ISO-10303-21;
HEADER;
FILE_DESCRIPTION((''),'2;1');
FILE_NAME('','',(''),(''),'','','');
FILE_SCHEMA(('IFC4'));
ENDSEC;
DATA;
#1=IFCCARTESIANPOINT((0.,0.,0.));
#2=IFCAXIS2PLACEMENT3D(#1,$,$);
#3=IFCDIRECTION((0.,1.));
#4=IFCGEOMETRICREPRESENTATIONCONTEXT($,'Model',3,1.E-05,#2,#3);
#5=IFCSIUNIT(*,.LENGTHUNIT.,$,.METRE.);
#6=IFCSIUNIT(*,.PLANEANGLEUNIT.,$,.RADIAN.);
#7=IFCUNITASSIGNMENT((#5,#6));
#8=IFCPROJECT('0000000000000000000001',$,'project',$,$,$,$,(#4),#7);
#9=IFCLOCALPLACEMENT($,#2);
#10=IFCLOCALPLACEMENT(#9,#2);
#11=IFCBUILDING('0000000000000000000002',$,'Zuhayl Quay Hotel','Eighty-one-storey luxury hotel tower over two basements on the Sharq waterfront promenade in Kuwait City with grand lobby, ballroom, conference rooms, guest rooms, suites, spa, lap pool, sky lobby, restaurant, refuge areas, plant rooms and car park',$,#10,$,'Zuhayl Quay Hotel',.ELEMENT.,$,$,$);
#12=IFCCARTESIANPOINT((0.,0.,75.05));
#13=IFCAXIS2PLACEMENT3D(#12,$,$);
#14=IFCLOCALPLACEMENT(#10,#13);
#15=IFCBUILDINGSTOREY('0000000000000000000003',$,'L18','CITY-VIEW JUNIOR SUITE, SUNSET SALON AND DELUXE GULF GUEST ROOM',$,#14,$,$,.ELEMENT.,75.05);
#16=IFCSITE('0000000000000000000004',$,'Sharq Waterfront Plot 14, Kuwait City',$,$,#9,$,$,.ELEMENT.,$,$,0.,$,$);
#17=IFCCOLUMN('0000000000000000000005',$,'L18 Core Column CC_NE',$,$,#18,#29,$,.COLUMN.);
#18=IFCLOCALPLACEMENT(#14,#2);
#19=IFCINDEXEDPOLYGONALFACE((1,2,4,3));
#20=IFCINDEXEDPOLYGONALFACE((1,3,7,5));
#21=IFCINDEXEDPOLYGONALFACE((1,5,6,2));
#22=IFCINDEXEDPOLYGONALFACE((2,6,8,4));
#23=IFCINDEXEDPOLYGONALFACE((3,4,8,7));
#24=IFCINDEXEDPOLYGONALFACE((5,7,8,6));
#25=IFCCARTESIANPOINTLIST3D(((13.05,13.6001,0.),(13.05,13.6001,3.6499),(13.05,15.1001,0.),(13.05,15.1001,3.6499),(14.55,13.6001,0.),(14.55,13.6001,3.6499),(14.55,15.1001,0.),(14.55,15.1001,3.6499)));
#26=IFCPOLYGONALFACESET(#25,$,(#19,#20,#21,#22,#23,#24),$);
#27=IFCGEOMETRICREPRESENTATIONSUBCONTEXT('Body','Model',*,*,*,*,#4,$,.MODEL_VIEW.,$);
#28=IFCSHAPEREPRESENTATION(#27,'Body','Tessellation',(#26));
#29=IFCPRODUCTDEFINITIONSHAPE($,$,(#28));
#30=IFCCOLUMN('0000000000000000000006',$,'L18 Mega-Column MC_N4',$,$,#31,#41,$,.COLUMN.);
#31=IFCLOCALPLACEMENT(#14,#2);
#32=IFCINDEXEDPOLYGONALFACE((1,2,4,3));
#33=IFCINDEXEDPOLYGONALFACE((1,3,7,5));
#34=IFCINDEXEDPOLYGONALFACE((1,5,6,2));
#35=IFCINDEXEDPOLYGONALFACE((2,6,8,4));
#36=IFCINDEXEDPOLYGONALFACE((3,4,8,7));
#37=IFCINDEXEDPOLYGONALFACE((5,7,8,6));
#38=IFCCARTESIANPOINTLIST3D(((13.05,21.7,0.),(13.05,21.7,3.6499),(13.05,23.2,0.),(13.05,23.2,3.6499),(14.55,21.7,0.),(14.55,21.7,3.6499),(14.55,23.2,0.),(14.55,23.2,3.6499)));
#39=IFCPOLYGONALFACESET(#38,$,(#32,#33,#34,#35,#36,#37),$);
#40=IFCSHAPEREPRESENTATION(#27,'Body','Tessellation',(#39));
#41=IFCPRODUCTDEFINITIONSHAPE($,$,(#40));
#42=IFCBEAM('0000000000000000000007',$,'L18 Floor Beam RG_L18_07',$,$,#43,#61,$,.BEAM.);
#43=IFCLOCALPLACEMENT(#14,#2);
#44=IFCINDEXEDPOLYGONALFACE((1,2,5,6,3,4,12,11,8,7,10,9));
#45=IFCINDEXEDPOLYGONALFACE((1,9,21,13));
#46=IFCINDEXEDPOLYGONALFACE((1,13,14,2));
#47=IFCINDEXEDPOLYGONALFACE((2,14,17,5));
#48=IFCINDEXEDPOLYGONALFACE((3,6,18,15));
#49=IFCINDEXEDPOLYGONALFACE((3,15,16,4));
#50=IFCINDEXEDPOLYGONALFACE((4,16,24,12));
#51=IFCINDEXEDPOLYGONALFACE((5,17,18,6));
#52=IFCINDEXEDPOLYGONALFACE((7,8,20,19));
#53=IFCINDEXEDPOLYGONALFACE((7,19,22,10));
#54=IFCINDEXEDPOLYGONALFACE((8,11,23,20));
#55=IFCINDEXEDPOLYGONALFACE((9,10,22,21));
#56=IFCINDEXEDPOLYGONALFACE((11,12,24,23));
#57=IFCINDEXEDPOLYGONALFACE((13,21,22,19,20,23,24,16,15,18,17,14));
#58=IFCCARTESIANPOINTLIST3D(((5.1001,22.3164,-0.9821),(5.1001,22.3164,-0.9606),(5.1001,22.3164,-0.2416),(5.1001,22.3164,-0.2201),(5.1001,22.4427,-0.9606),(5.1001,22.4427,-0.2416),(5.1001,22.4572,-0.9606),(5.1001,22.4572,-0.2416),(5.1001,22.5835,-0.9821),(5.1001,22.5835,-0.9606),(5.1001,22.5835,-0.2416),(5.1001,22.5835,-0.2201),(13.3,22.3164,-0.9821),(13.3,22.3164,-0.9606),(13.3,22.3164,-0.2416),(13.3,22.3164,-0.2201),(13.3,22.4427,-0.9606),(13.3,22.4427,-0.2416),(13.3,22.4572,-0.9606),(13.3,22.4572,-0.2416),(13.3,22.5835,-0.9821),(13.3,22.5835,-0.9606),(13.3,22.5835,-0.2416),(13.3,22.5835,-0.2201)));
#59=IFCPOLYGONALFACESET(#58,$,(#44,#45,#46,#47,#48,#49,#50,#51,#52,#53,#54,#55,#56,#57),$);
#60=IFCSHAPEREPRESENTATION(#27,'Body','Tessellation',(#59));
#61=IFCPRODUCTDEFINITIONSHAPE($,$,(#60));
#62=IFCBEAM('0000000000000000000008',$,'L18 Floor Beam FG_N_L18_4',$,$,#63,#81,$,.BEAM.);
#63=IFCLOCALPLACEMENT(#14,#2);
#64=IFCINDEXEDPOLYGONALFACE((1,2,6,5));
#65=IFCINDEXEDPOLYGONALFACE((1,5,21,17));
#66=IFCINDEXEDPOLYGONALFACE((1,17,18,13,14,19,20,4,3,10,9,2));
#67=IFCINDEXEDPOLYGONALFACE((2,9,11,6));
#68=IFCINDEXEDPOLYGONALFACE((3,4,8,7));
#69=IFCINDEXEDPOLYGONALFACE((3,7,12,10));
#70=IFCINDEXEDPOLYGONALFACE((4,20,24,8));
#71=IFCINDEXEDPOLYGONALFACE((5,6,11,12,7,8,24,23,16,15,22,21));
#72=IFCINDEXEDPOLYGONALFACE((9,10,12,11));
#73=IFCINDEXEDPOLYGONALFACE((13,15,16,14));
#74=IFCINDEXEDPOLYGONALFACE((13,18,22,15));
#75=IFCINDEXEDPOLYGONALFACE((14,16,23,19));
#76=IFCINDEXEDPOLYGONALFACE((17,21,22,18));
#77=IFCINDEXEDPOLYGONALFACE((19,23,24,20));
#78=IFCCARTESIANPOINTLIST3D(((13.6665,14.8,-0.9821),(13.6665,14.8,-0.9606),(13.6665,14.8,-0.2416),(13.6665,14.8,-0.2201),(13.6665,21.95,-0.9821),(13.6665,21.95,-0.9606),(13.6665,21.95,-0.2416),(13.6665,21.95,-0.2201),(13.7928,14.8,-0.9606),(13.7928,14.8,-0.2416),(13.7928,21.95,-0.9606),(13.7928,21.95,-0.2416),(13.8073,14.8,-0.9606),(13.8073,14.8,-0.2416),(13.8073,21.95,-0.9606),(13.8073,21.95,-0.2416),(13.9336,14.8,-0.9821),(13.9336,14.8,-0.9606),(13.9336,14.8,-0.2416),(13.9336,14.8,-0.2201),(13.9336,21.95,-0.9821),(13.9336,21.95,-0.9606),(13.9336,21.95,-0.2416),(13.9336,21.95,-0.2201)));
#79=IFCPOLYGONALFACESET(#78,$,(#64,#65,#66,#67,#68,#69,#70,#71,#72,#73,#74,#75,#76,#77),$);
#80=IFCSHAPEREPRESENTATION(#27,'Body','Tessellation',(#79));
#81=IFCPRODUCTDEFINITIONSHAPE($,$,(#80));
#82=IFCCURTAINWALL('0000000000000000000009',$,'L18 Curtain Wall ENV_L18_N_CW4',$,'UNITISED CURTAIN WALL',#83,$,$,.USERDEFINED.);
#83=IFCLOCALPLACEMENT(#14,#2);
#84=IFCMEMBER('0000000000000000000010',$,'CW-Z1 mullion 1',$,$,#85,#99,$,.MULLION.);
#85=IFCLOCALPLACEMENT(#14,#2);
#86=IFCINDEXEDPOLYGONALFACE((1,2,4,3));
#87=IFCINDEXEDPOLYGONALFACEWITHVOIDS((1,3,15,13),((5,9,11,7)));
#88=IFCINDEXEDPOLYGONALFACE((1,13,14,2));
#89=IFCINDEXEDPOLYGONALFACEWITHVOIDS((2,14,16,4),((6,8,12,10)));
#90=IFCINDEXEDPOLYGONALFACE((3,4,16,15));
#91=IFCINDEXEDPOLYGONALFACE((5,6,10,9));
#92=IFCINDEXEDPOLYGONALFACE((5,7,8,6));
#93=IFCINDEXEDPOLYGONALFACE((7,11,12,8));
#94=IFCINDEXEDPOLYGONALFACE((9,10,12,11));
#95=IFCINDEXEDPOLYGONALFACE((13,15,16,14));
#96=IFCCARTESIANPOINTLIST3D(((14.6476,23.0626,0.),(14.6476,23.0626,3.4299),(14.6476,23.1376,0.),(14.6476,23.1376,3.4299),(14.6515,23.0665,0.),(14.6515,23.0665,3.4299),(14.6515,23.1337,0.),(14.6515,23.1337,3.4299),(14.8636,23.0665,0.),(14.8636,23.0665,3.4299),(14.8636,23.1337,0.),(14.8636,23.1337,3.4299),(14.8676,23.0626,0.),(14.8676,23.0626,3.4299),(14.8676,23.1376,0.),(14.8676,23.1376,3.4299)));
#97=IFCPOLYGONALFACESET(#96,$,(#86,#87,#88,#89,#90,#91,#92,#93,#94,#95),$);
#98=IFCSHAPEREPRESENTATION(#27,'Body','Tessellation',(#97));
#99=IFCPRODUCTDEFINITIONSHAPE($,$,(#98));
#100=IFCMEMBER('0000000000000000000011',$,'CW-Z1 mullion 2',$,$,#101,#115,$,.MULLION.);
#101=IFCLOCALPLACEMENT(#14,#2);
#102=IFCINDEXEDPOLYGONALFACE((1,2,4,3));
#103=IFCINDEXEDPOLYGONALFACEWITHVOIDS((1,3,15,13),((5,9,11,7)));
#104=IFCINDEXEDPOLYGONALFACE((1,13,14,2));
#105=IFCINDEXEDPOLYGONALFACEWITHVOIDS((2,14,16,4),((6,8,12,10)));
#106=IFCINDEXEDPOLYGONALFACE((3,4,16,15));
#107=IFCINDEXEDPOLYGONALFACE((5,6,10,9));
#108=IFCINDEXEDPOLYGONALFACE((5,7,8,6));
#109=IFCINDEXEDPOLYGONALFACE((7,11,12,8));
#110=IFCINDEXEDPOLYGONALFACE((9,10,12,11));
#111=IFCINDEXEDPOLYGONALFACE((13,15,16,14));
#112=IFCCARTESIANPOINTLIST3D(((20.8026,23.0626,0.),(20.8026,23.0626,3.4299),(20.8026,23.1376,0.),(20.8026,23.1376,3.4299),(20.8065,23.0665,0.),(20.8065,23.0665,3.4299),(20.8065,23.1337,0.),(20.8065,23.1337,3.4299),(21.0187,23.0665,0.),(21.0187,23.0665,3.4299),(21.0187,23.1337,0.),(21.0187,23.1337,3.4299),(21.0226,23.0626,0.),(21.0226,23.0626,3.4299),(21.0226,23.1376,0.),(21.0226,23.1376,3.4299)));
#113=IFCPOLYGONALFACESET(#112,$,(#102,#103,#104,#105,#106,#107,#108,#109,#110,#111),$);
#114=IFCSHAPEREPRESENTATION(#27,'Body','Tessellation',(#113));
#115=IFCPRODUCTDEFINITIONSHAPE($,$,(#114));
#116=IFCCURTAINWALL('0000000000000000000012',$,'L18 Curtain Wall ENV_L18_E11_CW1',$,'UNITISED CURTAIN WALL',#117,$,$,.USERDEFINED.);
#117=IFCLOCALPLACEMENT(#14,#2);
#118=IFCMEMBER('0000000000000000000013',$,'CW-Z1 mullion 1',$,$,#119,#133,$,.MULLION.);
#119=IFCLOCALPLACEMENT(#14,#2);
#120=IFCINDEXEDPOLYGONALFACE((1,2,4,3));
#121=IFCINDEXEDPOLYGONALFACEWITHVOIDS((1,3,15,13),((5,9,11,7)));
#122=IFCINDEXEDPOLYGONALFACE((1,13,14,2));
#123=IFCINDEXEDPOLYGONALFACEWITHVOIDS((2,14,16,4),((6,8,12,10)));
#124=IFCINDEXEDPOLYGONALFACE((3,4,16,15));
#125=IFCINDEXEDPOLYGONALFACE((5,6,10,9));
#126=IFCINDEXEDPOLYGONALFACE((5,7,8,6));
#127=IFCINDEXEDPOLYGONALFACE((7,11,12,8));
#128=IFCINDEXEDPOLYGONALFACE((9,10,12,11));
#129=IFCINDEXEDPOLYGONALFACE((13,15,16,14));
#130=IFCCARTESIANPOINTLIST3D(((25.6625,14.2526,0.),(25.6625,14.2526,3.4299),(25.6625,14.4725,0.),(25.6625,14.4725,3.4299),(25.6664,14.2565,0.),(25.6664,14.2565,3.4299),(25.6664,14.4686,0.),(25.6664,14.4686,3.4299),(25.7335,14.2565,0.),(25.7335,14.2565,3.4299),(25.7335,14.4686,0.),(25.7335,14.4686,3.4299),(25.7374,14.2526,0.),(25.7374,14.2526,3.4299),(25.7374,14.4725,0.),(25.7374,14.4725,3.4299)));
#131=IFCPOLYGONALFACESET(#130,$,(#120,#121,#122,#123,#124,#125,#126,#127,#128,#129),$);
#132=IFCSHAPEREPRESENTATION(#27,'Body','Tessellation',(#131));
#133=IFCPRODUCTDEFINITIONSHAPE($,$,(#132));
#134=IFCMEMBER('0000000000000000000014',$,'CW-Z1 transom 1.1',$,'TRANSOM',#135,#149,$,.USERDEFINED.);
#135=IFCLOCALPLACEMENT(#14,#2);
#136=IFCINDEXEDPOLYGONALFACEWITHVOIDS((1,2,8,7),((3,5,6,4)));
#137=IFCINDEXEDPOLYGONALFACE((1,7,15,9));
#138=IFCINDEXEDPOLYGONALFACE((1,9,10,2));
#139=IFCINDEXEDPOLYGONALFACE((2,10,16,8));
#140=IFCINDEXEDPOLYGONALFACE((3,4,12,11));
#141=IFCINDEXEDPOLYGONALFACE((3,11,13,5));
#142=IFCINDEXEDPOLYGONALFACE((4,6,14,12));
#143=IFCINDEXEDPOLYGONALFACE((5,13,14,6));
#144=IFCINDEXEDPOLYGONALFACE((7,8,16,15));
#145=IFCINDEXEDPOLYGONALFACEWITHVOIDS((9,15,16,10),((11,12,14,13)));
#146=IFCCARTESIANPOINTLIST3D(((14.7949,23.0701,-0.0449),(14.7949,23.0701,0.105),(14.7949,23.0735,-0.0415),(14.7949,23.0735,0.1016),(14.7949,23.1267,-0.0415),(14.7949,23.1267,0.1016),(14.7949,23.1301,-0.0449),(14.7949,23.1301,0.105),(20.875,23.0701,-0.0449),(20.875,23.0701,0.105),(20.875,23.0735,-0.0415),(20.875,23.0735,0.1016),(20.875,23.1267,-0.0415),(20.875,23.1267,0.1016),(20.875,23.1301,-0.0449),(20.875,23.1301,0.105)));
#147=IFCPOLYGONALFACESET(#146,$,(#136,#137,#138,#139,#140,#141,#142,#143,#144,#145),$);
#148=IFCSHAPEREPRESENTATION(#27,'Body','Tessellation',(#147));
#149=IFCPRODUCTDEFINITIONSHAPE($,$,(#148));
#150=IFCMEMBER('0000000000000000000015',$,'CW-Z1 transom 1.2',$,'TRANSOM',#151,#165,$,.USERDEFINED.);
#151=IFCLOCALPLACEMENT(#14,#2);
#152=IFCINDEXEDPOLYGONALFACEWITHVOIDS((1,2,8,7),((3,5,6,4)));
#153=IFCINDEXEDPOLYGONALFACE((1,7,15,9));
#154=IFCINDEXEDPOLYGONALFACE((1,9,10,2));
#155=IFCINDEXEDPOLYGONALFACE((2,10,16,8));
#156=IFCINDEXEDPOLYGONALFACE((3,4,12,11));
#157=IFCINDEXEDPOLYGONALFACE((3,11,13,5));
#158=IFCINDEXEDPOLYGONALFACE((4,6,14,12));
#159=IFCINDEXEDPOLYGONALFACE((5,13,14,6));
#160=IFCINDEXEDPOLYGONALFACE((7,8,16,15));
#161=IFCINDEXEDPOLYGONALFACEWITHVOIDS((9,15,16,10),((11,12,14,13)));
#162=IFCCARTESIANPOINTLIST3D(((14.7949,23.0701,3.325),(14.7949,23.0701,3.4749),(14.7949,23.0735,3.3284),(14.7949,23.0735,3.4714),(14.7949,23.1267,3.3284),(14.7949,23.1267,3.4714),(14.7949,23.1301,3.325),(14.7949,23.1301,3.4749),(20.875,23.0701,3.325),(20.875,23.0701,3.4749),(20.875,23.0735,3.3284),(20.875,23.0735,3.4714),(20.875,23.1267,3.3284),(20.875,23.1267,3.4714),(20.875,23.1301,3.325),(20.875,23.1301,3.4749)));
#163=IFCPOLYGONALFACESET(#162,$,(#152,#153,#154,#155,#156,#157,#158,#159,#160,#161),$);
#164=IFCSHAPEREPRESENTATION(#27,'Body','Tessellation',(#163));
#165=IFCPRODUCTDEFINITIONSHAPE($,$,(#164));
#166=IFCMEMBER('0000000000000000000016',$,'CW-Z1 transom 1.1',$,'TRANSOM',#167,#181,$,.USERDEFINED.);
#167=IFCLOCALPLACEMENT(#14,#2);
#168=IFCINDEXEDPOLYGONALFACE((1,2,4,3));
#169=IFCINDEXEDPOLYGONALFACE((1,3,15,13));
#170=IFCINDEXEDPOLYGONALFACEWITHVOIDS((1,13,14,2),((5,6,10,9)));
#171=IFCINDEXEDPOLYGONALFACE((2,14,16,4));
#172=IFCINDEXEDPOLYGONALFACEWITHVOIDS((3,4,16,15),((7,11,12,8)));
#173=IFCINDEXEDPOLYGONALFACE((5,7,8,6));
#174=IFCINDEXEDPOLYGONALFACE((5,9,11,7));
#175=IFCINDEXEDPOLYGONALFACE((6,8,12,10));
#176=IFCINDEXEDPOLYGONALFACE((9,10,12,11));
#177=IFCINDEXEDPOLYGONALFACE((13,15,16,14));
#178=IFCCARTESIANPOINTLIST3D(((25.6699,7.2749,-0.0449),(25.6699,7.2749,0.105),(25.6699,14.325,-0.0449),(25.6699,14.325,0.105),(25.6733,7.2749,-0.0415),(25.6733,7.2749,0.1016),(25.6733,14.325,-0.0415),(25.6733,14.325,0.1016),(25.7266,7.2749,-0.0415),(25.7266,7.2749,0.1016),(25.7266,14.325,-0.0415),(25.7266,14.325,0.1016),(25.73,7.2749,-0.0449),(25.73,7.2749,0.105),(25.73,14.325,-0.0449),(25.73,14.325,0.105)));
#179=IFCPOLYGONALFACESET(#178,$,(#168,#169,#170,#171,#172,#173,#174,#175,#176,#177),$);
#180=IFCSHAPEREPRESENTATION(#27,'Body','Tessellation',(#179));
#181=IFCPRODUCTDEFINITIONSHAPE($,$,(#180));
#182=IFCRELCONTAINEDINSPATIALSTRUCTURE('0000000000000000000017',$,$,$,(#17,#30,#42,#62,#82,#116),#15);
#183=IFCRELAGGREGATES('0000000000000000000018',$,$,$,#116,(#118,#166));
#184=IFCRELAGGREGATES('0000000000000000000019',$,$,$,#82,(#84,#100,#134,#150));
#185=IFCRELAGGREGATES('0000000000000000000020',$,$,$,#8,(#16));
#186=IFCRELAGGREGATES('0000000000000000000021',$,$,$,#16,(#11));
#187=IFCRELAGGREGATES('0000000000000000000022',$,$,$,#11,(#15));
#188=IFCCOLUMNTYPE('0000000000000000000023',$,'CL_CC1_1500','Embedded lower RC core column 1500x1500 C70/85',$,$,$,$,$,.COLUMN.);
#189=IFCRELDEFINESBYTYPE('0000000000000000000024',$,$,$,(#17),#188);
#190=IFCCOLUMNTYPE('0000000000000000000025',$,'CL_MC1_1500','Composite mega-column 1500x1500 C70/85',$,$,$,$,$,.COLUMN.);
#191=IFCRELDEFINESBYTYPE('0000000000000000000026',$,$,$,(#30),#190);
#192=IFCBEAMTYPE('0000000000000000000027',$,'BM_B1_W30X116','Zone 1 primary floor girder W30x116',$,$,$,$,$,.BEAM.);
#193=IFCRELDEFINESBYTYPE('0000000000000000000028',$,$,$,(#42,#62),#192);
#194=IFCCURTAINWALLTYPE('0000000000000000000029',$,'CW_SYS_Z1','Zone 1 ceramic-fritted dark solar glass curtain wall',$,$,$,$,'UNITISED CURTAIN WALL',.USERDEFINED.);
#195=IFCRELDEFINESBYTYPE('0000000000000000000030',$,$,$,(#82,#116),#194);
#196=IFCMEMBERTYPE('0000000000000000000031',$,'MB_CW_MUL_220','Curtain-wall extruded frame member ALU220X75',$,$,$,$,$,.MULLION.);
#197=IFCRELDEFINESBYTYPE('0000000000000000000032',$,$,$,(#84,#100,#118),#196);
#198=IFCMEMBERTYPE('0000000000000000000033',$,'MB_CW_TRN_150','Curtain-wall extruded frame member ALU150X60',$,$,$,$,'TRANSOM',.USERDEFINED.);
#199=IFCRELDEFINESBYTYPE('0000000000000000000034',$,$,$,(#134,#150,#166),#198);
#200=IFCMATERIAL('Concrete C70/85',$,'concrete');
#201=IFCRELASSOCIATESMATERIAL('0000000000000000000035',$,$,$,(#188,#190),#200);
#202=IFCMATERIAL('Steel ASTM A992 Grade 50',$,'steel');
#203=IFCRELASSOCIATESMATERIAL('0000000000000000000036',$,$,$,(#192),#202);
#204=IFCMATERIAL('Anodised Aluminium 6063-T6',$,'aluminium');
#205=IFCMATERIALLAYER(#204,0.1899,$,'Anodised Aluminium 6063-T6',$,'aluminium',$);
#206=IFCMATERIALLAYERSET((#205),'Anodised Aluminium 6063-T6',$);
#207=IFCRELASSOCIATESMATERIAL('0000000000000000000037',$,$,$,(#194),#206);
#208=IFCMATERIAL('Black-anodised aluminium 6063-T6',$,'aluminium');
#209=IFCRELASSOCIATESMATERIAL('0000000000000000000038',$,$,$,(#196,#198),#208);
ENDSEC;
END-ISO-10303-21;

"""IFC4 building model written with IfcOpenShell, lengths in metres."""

from ifc_helpers import new_model, si_unit, direction, frame, origin, origin_2d, place, context, subcontext, project, spatial, rectangle, hollow_rectangle, i_section, extrude, material, layer, layer_set, material_profile, profile_set, type_object, element, aggregate, save


model = new_model("IFC4")

# Units and contexts
model_context = context("Model", 3, precision=1e-05, world=origin(), true_north=direction((0.0, 1.0)))
body_context = subcontext(model_context, "Body", "Model", "MODEL_VIEW")
ifc_project = project(units=[si_unit("LENGTHUNIT", "METRE"), si_unit("PLANEANGLEUNIT", "RADIAN")], contexts=[model_context])

# Site, building, storey
site_placement = place(None, origin())
site = spatial("IfcSite", under=ifc_project, at=site_placement, Name="Sharq Waterfront Plot 14, Kuwait City", CompositionType="ELEMENT", RefElevation=0.0)
building_placement = place(site_placement, origin())
building = spatial("IfcBuilding", under=site, at=building_placement, Name="Zuhayl Quay Hotel", Description="Eighty-one-storey luxury hotel tower over two basements on the Sharq waterfront promenade in Kuwait City with grand lobby, ballroom, conference rooms, guest rooms, suites, spa, lap pool, sky lobby, restaurant, refuge areas, plant rooms and car park", LongName="Zuhayl Quay Hotel", CompositionType="ELEMENT")
storey_placement = place(building_placement, frame((0.0, 0.0, 75.05)))
storey = spatial("IfcBuildingStorey", under=building, at=storey_placement, Name="L18", Description="CITY-VIEW JUNIOR SUITE, SUNSET SALON AND DELUXE GULF GUEST ROOM", CompositionType="ELEMENT", Elevation=75.05)

# Columns
ifc_material_1 = material(Name="Concrete C70/85", Category="concrete")
ifc_material_profile_1 = material_profile(ifc_material_1, rectangle(XDim=1.5, YDim=1.5, at=origin_2d()), Name="RC1500X1500")
ifc_profile_set_1 = profile_set([ifc_material_profile_1], Name="Concrete C70/85")
column_type_1 = type_object("IfcColumnType", Name="CL_CC1_1500", Description="Embedded lower RC core column 1500x1500 C70/85", PredefinedType="COLUMN", material=ifc_profile_set_1)
column_1_placement = place(storey_placement, frame((13.8, 14.3501, 0.0), z_axis=(0.0, 0.0, 1.0), x_axis=(1.0, 0.0, 0.0)))
element("IfcColumn", 1, at=column_1_placement, inside=storey, type_object=column_type_1, Name="L18 Core Column CC_NE", PredefinedType="COLUMN", context=body_context, shape_type="SweptSolid", body=[
    extrude(rectangle(XDim=1.5, YDim=1.5, at=origin_2d()), origin(), (0.0, 0.0, 1.0), 3.6499),
])
ifc_material_profile_2 = material_profile(ifc_material_1, rectangle(XDim=1.5, YDim=1.5, at=origin_2d()), Name="RC1500X1500")
ifc_profile_set_2 = profile_set([ifc_material_profile_2], Name="Concrete C70/85")
column_type_2 = type_object("IfcColumnType", Name="CL_MC1_1500", Description="Composite mega-column 1500x1500 C70/85", PredefinedType="COLUMN", material=ifc_profile_set_2)
column_2_placement = place(storey_placement, frame((13.8, 22.45, 0.0), z_axis=(0.0, 0.0, 1.0), x_axis=(1.0, 0.0, 0.0)))
element("IfcColumn", 2, at=column_2_placement, inside=storey, type_object=column_type_2, Name="L18 Mega-Column MC_N4", PredefinedType="COLUMN", context=body_context, shape_type="SweptSolid", body=[
    extrude(rectangle(XDim=1.5, YDim=1.5, at=origin_2d()), origin(), (0.0, 0.0, 1.0), 3.6499),
])

# Beams
ifc_material_2 = material(Name="Steel ASTM A992 Grade 50", Category="steel")
ifc_material_profile_3 = material_profile(ifc_material_2, i_section(OverallWidth=0.2671, OverallDepth=0.762, WebThickness=0.0144, FlangeThickness=0.0215, at=origin_2d()), Name="W30X116")
ifc_profile_set_3 = profile_set([ifc_material_profile_3], Name="Steel ASTM A992 Grade 50")
beam_type = type_object("IfcBeamType", Name="BM_B1_W30X116", Description="Zone 1 primary floor girder W30x116", PredefinedType="BEAM", material=ifc_profile_set_3)
beam_1_placement = place(storey_placement, frame((13.3, 22.45, -0.6011), z_axis=(-1.0, 0.0, 0.0), x_axis=(0.0, -1.0, 0.0)))
element("IfcBeam", 3, at=beam_1_placement, inside=storey, type_object=beam_type, Name="L18 Floor Beam RG_L18_07", PredefinedType="BEAM", context=body_context, shape_type="SweptSolid", body=[
    extrude(i_section(OverallWidth=0.2671, OverallDepth=0.762, WebThickness=0.0144, FlangeThickness=0.0215, at=origin_2d()), origin(), (0.0, 0.0, 1.0), 8.2),
])
beam_2_placement = place(storey_placement, frame((13.8, 14.8, -0.6011), z_axis=(0.0, 1.0, 0.0), x_axis=(-1.0, 0.0, 0.0)))
element("IfcBeam", 4, at=beam_2_placement, inside=storey, type_object=beam_type, Name="L18 Floor Beam FG_N_L18_4", PredefinedType="BEAM", context=body_context, shape_type="SweptSolid", body=[
    extrude(i_section(OverallWidth=0.2671, OverallDepth=0.762, WebThickness=0.0144, FlangeThickness=0.0215, at=origin_2d()), origin(), (0.0, 0.0, 1.0), 7.1499),
])

# Curtain wall, members
ifc_material_3 = material(Name="Anodised Aluminium 6063-T6", Category="aluminium")
ifc_layer_1 = layer(ifc_material_3, 0.1899, Name="Anodised Aluminium 6063-T6", Category="aluminium")
ifc_layer_set_1 = layer_set([ifc_layer_1], Name="Anodised Aluminium 6063-T6")
curtain_wall_type = type_object("IfcCurtainWallType", Name="CW_SYS_Z1", Description="Zone 1 ceramic-fritted dark solar glass curtain wall", ElementType="UNITISED CURTAIN WALL", PredefinedType="USERDEFINED", material=ifc_layer_set_1)
curtain_wall_1_placement = place(storey_placement, origin())
curtain_wall_1 = element("IfcCurtainWall", 5, at=curtain_wall_1_placement, inside=storey, type_object=curtain_wall_type, Name="L18 Curtain Wall ENV_L18_N_CW4", ObjectType="UNITISED CURTAIN WALL", PredefinedType="USERDEFINED")
ifc_material_4 = material(Name="Black-anodised aluminium 6063-T6", Category="aluminium")
ifc_material_profile_4 = material_profile(ifc_material_4, hollow_rectangle(XDim=0.075, YDim=0.22, WallThickness=0.0039, at=origin_2d()), Name="ALU220X75")
ifc_profile_set_4 = profile_set([ifc_material_profile_4], Name="Black-anodised aluminium 6063-T6")
member_type_1 = type_object("IfcMemberType", Name="MB_CW_MUL_220", Description="Curtain-wall extruded frame member ALU220X75", PredefinedType="MULLION", material=ifc_profile_set_4)
member_1_placement = place(storey_placement, frame((14.7576, 23.1001, 0.0), z_axis=(0.0, 0.0, 1.0), x_axis=(0.0, 1.0, 0.0)))
member_1 = element("IfcMember", 6, at=member_1_placement, type_object=member_type_1, Name="CW-Z1 mullion 1", PredefinedType="MULLION", context=body_context, shape_type="SweptSolid", body=[
    extrude(hollow_rectangle(XDim=0.075, YDim=0.22, WallThickness=0.0039, at=origin_2d()), origin(), (0.0, 0.0, 1.0), 3.4299),
])
member_2_placement = place(storey_placement, frame((20.9126, 23.1001, 0.0), z_axis=(0.0, 0.0, 1.0), x_axis=(0.0, 1.0, 0.0)))
member_2 = element("IfcMember", 7, at=member_2_placement, type_object=member_type_1, Name="CW-Z1 mullion 2", PredefinedType="MULLION", context=body_context, shape_type="SweptSolid", body=[
    extrude(hollow_rectangle(XDim=0.075, YDim=0.22, WallThickness=0.0039, at=origin_2d()), origin(), (0.0, 0.0, 1.0), 3.4299),
])

# Curtain wall, member
curtain_wall_2_placement = place(storey_placement, origin())
curtain_wall_2 = element("IfcCurtainWall", 8, at=curtain_wall_2_placement, inside=storey, type_object=curtain_wall_type, Name="L18 Curtain Wall ENV_L18_E11_CW1", ObjectType="UNITISED CURTAIN WALL", PredefinedType="USERDEFINED")
member_3_placement = place(storey_placement, frame((25.7, 14.3625, 0.0), z_axis=(0.0, 0.0, 1.0), x_axis=(1.0, 0.0, 0.0)))
member_3 = element("IfcMember", 9, at=member_3_placement, type_object=member_type_1, Name="CW-Z1 mullion 1", PredefinedType="MULLION", context=body_context, shape_type="SweptSolid", body=[
    extrude(hollow_rectangle(XDim=0.075, YDim=0.22, WallThickness=0.0039, at=origin_2d()), origin(), (0.0, 0.0, 1.0), 3.4299),
])

# Members
ifc_material_profile_5 = material_profile(ifc_material_4, hollow_rectangle(XDim=0.0601, YDim=0.1499, WallThickness=0.0034, at=origin_2d()), Name="ALU150X60")
ifc_profile_set_5 = profile_set([ifc_material_profile_5], Name="Black-anodised aluminium 6063-T6")
member_type_2 = type_object("IfcMemberType", Name="MB_CW_TRN_150", Description="Curtain-wall extruded frame member ALU150X60", ElementType="TRANSOM", PredefinedType="USERDEFINED", material=ifc_profile_set_5)
member_4_placement = place(storey_placement, frame((14.7949, 23.1001, 0.03), z_axis=(1.0, 0.0, 0.0), x_axis=(0.0, 1.0, 0.0)))
member_4 = element("IfcMember", 10, at=member_4_placement, type_object=member_type_2, Name="CW-Z1 transom 1.1", ObjectType="TRANSOM", PredefinedType="USERDEFINED", context=body_context, shape_type="SweptSolid", body=[
    extrude(hollow_rectangle(XDim=0.0601, YDim=0.1499, WallThickness=0.0034, at=origin_2d()), origin(), (0.0, 0.0, 1.0), 6.0801),
])
member_5_placement = place(storey_placement, frame((14.7949, 23.1001, 3.3999), z_axis=(1.0, 0.0, 0.0), x_axis=(0.0, 1.0, 0.0)))
member_5 = element("IfcMember", 11, at=member_5_placement, type_object=member_type_2, Name="CW-Z1 transom 1.2", ObjectType="TRANSOM", PredefinedType="USERDEFINED", context=body_context, shape_type="SweptSolid", body=[
    extrude(hollow_rectangle(XDim=0.0601, YDim=0.1499, WallThickness=0.0034, at=origin_2d()), origin(), (0.0, 0.0, 1.0), 6.0801),
])
member_6_placement = place(storey_placement, frame((25.7, 14.325, 0.03), z_axis=(0.0, -1.0, 0.0), x_axis=(1.0, 0.0, 0.0)))
member_6 = element("IfcMember", 12, at=member_6_placement, type_object=member_type_2, Name="CW-Z1 transom 1.1", ObjectType="TRANSOM", PredefinedType="USERDEFINED", context=body_context, shape_type="SweptSolid", body=[
    extrude(hollow_rectangle(XDim=0.0601, YDim=0.1499, WallThickness=0.0034, at=origin_2d()), origin(), (0.0, 0.0, 1.0), 7.05),
])
aggregate(curtain_wall_2, [member_3, member_6])

aggregate(curtain_wall_1, [member_1, member_2, member_4, member_5])

save(model, "model.ifc")
